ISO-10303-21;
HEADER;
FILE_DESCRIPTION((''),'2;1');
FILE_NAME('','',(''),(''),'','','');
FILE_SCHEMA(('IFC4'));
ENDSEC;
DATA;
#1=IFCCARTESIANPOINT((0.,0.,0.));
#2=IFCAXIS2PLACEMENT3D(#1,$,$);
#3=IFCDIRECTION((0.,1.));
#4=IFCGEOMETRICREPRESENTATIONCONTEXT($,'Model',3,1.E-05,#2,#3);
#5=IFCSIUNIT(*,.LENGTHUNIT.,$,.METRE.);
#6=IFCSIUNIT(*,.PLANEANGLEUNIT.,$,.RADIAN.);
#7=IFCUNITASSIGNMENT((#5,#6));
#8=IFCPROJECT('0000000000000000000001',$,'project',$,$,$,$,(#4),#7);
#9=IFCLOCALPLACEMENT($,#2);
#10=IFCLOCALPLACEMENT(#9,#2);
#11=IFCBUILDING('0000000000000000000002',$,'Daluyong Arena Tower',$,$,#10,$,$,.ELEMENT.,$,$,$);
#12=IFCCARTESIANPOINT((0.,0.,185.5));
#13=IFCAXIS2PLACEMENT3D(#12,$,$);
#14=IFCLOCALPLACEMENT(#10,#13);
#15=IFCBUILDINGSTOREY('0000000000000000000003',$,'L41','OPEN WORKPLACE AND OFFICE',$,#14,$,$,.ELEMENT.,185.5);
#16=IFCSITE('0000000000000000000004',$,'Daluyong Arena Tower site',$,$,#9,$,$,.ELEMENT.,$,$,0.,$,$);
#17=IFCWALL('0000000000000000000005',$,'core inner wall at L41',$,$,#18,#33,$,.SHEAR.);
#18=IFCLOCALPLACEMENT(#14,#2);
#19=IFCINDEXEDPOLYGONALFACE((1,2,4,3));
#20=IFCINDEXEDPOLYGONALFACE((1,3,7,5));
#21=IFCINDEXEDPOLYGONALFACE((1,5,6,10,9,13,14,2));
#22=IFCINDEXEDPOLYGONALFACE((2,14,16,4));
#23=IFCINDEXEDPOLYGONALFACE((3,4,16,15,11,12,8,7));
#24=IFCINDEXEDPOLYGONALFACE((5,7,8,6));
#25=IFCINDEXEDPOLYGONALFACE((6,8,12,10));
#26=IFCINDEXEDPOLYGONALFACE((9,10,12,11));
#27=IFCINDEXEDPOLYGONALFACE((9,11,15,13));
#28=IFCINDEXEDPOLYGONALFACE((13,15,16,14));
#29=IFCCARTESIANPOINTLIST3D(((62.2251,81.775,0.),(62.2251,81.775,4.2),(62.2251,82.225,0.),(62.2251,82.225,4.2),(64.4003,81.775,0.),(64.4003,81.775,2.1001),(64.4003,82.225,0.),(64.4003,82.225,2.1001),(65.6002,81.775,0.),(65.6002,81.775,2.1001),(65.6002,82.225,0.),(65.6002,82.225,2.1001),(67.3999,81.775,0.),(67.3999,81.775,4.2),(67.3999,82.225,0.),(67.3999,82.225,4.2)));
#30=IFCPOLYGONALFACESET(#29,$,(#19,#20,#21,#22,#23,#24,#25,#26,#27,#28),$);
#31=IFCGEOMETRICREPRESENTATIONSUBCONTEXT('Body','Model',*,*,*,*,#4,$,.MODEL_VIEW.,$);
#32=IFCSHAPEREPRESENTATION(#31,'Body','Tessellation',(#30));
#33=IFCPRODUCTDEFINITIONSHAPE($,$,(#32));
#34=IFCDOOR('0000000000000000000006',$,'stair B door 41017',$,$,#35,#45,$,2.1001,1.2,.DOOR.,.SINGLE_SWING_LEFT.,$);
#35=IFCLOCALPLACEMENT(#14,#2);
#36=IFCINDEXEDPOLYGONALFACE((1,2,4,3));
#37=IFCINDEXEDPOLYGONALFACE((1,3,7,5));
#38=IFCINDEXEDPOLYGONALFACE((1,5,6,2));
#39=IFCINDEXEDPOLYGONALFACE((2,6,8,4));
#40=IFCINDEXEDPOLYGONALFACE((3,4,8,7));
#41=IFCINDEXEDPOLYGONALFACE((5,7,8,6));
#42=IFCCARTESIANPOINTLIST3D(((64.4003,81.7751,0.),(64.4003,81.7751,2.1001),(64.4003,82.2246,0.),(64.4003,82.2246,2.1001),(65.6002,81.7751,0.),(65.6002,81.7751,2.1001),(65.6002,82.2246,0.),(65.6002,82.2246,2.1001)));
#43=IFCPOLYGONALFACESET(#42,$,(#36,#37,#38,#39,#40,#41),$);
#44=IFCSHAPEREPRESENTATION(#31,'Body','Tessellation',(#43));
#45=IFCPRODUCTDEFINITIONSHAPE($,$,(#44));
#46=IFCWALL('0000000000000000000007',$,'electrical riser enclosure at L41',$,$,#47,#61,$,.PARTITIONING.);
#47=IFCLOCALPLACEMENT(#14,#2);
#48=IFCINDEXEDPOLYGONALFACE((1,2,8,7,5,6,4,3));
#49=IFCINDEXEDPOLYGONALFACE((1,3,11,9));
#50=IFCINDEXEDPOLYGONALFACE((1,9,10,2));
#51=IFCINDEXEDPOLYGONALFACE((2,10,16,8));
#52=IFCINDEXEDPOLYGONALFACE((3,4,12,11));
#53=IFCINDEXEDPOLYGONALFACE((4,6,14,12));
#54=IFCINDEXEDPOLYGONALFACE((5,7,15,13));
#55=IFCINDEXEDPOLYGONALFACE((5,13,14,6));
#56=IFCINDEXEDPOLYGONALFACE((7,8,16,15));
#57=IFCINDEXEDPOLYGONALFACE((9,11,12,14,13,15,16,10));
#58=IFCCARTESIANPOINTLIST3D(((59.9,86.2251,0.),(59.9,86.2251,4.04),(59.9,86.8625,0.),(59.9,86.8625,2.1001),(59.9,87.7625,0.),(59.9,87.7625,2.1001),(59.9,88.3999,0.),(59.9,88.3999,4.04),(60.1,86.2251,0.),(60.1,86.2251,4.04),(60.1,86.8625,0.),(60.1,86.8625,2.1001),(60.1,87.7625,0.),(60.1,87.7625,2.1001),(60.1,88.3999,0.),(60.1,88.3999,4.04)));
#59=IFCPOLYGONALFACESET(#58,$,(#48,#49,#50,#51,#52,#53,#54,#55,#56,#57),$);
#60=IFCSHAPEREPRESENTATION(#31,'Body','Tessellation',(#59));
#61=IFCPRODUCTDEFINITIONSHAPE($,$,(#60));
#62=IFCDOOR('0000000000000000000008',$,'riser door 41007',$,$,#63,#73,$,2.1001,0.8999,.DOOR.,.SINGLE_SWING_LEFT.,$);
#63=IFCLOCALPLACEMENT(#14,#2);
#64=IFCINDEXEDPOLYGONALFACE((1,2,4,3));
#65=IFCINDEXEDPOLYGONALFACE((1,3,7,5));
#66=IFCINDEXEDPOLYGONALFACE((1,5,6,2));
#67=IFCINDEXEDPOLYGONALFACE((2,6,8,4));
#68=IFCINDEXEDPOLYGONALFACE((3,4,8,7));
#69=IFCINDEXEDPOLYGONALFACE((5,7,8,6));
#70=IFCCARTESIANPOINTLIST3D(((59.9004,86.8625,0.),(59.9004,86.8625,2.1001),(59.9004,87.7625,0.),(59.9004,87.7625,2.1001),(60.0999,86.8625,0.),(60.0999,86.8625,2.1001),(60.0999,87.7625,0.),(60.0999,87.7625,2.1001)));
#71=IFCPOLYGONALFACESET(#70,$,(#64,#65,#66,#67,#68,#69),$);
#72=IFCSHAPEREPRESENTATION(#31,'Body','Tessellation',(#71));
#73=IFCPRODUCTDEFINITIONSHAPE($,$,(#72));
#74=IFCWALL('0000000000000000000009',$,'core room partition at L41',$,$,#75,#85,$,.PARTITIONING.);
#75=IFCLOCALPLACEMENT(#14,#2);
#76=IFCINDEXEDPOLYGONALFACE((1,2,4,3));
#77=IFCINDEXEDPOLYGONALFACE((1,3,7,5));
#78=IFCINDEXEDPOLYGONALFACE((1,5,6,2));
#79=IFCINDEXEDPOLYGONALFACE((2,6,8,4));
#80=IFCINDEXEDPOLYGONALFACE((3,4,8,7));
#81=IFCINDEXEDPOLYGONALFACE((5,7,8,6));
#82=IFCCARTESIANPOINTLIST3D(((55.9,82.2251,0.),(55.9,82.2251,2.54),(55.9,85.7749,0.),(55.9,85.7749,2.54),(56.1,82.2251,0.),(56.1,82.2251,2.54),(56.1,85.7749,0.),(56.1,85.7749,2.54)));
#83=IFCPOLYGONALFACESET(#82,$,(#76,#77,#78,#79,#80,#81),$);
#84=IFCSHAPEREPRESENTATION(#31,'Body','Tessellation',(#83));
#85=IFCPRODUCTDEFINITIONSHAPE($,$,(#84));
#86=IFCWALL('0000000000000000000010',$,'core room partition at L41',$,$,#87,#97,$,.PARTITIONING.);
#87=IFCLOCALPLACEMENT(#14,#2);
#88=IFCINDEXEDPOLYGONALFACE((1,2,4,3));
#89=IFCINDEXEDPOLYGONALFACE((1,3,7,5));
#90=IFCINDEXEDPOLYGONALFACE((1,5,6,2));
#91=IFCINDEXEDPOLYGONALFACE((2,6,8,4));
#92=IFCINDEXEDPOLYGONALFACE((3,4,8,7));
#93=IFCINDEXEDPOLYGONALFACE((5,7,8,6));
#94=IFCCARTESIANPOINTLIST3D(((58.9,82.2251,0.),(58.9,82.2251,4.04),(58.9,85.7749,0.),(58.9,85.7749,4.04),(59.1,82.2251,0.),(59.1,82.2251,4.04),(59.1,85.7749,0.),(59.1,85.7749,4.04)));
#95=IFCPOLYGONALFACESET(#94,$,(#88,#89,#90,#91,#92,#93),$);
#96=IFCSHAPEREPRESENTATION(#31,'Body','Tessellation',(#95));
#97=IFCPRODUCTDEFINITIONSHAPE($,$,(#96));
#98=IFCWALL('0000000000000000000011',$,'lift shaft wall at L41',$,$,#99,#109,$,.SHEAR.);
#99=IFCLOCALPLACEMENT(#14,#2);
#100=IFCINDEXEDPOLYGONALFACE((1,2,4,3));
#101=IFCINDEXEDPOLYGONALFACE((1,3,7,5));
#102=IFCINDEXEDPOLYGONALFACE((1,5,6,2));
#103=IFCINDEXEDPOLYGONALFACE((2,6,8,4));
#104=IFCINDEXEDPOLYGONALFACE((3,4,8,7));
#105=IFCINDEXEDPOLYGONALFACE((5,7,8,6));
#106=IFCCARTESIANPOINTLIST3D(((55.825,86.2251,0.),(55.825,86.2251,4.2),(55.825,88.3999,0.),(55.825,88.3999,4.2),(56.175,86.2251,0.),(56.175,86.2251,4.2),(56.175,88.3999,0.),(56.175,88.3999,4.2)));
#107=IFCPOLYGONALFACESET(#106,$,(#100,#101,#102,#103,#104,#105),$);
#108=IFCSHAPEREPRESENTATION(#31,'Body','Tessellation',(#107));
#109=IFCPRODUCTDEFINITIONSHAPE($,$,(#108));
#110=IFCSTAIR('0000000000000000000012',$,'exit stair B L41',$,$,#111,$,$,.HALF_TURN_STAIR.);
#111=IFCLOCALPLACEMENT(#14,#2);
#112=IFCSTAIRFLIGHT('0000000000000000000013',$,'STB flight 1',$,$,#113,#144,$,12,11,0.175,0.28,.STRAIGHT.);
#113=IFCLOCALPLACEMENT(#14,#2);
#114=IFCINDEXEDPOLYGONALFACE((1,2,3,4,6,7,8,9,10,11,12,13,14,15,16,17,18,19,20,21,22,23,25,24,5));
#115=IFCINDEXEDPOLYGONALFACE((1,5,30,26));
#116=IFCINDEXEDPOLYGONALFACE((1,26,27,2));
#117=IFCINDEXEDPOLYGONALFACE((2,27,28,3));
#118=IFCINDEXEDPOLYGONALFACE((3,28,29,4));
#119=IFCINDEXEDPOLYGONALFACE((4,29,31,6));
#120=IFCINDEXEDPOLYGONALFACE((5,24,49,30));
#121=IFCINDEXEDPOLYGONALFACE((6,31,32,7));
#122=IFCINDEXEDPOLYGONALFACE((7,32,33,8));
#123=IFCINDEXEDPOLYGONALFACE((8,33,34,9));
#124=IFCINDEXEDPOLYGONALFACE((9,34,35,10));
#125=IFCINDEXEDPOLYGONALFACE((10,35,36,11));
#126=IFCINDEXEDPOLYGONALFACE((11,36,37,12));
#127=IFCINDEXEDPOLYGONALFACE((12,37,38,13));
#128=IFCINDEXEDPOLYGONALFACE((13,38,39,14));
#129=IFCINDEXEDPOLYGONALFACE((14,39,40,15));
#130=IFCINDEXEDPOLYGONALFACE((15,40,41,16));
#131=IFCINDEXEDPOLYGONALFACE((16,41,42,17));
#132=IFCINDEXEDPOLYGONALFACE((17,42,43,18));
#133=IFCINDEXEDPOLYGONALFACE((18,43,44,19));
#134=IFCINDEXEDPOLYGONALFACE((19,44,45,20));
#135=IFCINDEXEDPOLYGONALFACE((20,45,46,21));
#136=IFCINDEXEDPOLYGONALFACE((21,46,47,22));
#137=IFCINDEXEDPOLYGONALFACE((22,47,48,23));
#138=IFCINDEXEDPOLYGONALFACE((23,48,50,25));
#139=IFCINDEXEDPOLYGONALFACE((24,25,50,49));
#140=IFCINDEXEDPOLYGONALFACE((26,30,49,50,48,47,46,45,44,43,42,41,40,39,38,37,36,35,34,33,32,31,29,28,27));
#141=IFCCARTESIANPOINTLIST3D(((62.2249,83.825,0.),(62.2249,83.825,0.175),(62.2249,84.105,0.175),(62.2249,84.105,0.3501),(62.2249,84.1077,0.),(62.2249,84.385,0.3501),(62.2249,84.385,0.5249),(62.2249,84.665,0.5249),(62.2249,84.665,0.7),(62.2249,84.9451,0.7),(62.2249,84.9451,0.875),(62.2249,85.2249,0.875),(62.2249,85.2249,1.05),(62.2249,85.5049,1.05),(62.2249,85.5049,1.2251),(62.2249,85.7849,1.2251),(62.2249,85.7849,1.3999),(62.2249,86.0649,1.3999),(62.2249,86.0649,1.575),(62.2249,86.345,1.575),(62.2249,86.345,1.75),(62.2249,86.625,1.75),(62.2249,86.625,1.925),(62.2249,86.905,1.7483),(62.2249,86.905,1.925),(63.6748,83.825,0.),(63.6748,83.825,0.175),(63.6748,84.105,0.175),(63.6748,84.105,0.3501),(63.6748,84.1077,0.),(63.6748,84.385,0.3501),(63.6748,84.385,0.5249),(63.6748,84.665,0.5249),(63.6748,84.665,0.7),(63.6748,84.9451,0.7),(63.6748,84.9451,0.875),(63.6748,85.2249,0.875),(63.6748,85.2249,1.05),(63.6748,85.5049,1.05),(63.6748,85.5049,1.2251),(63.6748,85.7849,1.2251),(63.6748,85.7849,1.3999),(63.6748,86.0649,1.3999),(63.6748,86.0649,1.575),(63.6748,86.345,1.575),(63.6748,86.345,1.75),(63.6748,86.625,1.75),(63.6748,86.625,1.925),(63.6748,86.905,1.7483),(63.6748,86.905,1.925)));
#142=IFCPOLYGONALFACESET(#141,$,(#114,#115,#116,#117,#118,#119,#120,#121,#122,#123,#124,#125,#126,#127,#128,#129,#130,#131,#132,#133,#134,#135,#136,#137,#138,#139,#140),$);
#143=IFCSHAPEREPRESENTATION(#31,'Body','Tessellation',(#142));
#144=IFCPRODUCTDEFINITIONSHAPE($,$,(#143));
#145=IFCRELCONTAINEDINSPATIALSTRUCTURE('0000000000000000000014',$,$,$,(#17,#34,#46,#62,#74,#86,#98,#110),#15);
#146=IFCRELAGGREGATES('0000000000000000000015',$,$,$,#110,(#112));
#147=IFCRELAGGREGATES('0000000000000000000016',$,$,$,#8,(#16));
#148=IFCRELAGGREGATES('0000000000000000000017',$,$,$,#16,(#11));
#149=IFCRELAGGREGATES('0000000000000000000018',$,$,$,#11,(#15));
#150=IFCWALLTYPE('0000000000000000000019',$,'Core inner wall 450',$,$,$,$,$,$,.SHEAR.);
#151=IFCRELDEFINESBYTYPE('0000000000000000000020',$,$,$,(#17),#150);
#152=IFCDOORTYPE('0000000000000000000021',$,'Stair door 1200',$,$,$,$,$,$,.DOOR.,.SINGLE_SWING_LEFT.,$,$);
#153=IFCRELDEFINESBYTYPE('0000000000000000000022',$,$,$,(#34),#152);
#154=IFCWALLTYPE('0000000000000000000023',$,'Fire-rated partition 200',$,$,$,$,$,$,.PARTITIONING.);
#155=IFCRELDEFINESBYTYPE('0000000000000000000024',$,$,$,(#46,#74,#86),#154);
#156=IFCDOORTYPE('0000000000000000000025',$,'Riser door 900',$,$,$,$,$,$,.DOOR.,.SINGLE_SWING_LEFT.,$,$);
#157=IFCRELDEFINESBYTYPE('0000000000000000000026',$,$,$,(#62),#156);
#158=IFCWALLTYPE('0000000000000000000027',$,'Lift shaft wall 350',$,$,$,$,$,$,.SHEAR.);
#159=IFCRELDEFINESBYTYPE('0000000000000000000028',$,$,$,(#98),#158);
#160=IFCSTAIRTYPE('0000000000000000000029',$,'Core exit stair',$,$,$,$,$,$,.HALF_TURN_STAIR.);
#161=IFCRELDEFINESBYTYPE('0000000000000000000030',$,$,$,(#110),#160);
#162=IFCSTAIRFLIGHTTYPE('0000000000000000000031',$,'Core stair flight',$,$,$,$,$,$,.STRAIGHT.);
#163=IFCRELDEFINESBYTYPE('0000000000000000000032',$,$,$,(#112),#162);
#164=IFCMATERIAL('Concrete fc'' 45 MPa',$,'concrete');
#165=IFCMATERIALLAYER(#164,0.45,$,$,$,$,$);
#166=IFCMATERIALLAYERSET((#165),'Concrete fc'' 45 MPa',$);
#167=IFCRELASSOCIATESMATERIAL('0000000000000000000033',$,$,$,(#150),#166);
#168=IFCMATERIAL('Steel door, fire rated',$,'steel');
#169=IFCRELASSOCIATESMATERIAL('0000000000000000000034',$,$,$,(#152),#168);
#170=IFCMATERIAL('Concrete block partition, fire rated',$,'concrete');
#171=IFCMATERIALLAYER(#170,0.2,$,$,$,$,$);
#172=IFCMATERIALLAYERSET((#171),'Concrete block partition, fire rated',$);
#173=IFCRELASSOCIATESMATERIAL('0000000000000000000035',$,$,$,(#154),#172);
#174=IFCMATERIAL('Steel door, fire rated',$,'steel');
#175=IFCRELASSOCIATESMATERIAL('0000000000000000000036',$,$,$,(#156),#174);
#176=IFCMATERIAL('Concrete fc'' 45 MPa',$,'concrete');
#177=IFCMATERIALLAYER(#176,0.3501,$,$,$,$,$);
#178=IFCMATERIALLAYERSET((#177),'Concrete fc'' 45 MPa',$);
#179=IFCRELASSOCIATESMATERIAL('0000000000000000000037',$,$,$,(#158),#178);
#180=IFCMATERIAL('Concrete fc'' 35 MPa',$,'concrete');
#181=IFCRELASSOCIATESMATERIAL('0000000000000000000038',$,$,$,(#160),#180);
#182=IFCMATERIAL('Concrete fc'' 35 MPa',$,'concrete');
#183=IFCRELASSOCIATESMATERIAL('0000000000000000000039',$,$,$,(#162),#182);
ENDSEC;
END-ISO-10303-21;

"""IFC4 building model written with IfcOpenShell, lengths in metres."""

from ifc_helpers import new_model, si_unit, direction, frame, frame_2d, origin, place, context, subcontext, project, spatial, polyline, rectangle, outline, extrude, material, layer, layer_set, type_object, element, fill, aggregate, save


model = new_model("IFC4")

# Units and contexts
model_context = context("Model", 3, precision=1e-05, world=origin(), true_north=direction((0.0, 1.0)))
body_context = subcontext(model_context, "Body", "Model", "MODEL_VIEW")
ifc_project = project(units=[si_unit("LENGTHUNIT", "METRE"), si_unit("PLANEANGLEUNIT", "RADIAN")], contexts=[model_context])

# Site, building, storey
site_placement = place(None, origin())
site = spatial("IfcSite", under=ifc_project, at=site_placement, Name="Daluyong Arena Tower site", CompositionType="ELEMENT", RefElevation=0.0)
building_placement = place(site_placement, origin())
building = spatial("IfcBuilding", under=site, at=building_placement, Name="Daluyong Arena Tower", CompositionType="ELEMENT")
storey_placement = place(building_placement, frame((0.0, 0.0, 185.5)))
storey = spatial("IfcBuildingStorey", under=building, at=storey_placement, Name="L41", Description="OPEN WORKPLACE AND OFFICE", CompositionType="ELEMENT", Elevation=185.5)

# Walls, openings, doors
ifc_material_1 = material(Name="Concrete fc' 45 MPa", Category="concrete")
ifc_layer_1 = layer(ifc_material_1, 0.45)
ifc_layer_set_1 = layer_set([ifc_layer_1], Name="Concrete fc' 45 MPa")
wall_type_1 = type_object("IfcWallType", Name="Core inner wall 450", PredefinedType="SHEAR", material=ifc_layer_set_1)
wall_1_placement = place(storey_placement, frame((62.2251, 82.0, 0.0), z_axis=(0.0, 0.0, 1.0), x_axis=(1.0, 0.0, 0.0)))
wall_1 = element("IfcWall", 1, at=wall_1_placement, inside=storey, type_object=wall_type_1, Name="core inner wall at L41", PredefinedType="SHEAR", context=body_context, shape_type="SweptSolid", body=[
    extrude(rectangle(XDim=5.1748, YDim=0.45, at=frame_2d((2.5874, 0.0))), origin(), (0.0, 0.0, 1.0), 4.2),
])
opening_1_placement = place(wall_1_placement, frame((2.175, 0.0, 0.0)))
opening_1 = element("IfcOpeningElement", 2, at=opening_1_placement, cuts=wall_1, PredefinedType="OPENING", context=body_context, shape_type="SweptSolid", body=[
    extrude(rectangle(XDim=1.2, YDim=2.1001, at=frame_2d((0.6001, 1.05))), frame((0.0, 0.2349, 0.0), z_axis=(0.0, -1.0, 0.0), x_axis=(1.0, 0.0, 0.0)), (0.0, 0.0, 1.0), 0.47),
])
ifc_material_2 = material(Name="Steel door, fire rated", Category="steel")
door_type_1 = type_object("IfcDoorType", Name="Stair door 1200", OperationType="SINGLE_SWING_LEFT", PredefinedType="DOOR", material=ifc_material_2)
door_1_placement = place(opening_1_placement, origin())
door_1 = element("IfcDoor", 3, at=door_1_placement, inside=storey, type_object=door_type_1, Name="stair B door 41017", OperationType="SINGLE_SWING_LEFT", OverallHeight=2.1001, OverallWidth=1.2, PredefinedType="DOOR", context=body_context, shape_type="SweptSolid", body=[
    extrude(rectangle(XDim=1.2, YDim=2.1001, at=frame_2d((0.6001, 1.05))), frame((0.0, 0.2246, 0.0), z_axis=(0.0, -1.0, 0.0), x_axis=(1.0, 0.0, 0.0)), (0.0, 0.0, 1.0), 0.4495),
])
fill(opening_1, door_1)
ifc_material_3 = material(Name="Concrete block partition, fire rated", Category="concrete")
ifc_layer_2 = layer(ifc_material_3, 0.2)
ifc_layer_set_2 = layer_set([ifc_layer_2], Name="Concrete block partition, fire rated")
wall_type_2 = type_object("IfcWallType", Name="Fire-rated partition 200", PredefinedType="PARTITIONING", material=ifc_layer_set_2)
wall_2_placement = place(storey_placement, frame((60.0, 86.2251, 0.0), z_axis=(0.0, 0.0, 1.0), x_axis=(0.0, 1.0, 0.0)))
wall_2 = element("IfcWall", 4, at=wall_2_placement, inside=storey, type_object=wall_type_2, Name="electrical riser enclosure at L41", PredefinedType="PARTITIONING", context=body_context, shape_type="SweptSolid", body=[
    extrude(rectangle(XDim=2.1748, YDim=0.2, at=frame_2d((1.0874, 0.0))), origin(), (0.0, 0.0, 1.0), 4.04),
])
opening_2_placement = place(wall_2_placement, frame((0.6375, 0.0, 0.0)))
opening_2 = element("IfcOpeningElement", 5, at=opening_2_placement, cuts=wall_2, PredefinedType="OPENING", context=body_context, shape_type="SweptSolid", body=[
    extrude(rectangle(XDim=0.8999, YDim=2.1001, at=frame_2d((0.45, 1.05))), frame((0.0, 0.1099, 0.0), z_axis=(0.0, -1.0, 0.0), x_axis=(1.0, 0.0, 0.0)), (0.0, 0.0, 1.0), 0.22),
])
ifc_material_4 = material(Name="Steel door, fire rated", Category="steel")
door_type_2 = type_object("IfcDoorType", Name="Riser door 900", OperationType="SINGLE_SWING_LEFT", PredefinedType="DOOR", material=ifc_material_4)
door_2_placement = place(opening_2_placement, origin())
door_2 = element("IfcDoor", 6, at=door_2_placement, inside=storey, type_object=door_type_2, Name="riser door 41007", OperationType="SINGLE_SWING_LEFT", OverallHeight=2.1001, OverallWidth=0.8999, PredefinedType="DOOR", context=body_context, shape_type="SweptSolid", body=[
    extrude(rectangle(XDim=0.8999, YDim=2.1001, at=frame_2d((0.45, 1.05))), frame((0.0, 0.0996, 0.0), z_axis=(0.0, -1.0, 0.0), x_axis=(1.0, 0.0, 0.0)), (0.0, 0.0, 1.0), 0.1995),
])
fill(opening_2, door_2)

# Walls
wall_3_placement = place(storey_placement, frame((56.0, 82.2251, 0.0), z_axis=(0.0, 0.0, 1.0), x_axis=(0.0, 1.0, 0.0)))
element("IfcWall", 7, at=wall_3_placement, inside=storey, type_object=wall_type_2, Name="core room partition at L41", PredefinedType="PARTITIONING", context=body_context, shape_type="SweptSolid", body=[
    extrude(rectangle(XDim=3.5498, YDim=0.2, at=frame_2d((1.7749, 0.0))), origin(), (0.0, 0.0, 1.0), 2.54),
])
wall_4_placement = place(storey_placement, frame((59.0, 82.2251, 0.0), z_axis=(0.0, 0.0, 1.0), x_axis=(0.0, 1.0, 0.0)))
element("IfcWall", 8, at=wall_4_placement, inside=storey, type_object=wall_type_2, Name="core room partition at L41", PredefinedType="PARTITIONING", context=body_context, shape_type="SweptSolid", body=[
    extrude(rectangle(XDim=3.5498, YDim=0.2, at=frame_2d((1.7749, 0.0))), origin(), (0.0, 0.0, 1.0), 4.04),
])
ifc_material_5 = material(Name="Concrete fc' 45 MPa", Category="concrete")
ifc_layer_3 = layer(ifc_material_5, 0.3501)
ifc_layer_set_3 = layer_set([ifc_layer_3], Name="Concrete fc' 45 MPa")
wall_type_3 = type_object("IfcWallType", Name="Lift shaft wall 350", PredefinedType="SHEAR", material=ifc_layer_set_3)
wall_5_placement = place(storey_placement, frame((56.0, 86.2251, 0.0), z_axis=(0.0, 0.0, 1.0), x_axis=(0.0, 1.0, 0.0)))
element("IfcWall", 9, at=wall_5_placement, inside=storey, type_object=wall_type_3, Name="lift shaft wall at L41", PredefinedType="SHEAR", context=body_context, shape_type="SweptSolid", body=[
    extrude(rectangle(XDim=2.1748, YDim=0.3501, at=frame_2d((1.0874, 0.0))), origin(), (0.0, 0.0, 1.0), 4.2),
])

# Stair, stair flight
ifc_material_6 = material(Name="Concrete fc' 35 MPa", Category="concrete")
stair_type = type_object("IfcStairType", Name="Core exit stair", PredefinedType="HALF_TURN_STAIR", material=ifc_material_6)
stair_placement = place(storey_placement, origin())
stair = element("IfcStair", 10, at=stair_placement, inside=storey, type_object=stair_type, Name="exit stair B L41", PredefinedType="HALF_TURN_STAIR")
ifc_material_7 = material(Name="Concrete fc' 35 MPa", Category="concrete")
stair_flight_type = type_object("IfcStairFlightType", Name="Core stair flight", PredefinedType="STRAIGHT", material=ifc_material_7)
stair_flight_placement = place(storey_placement, frame((62.95, 83.825, 0.0), z_axis=(0.0, 0.0, 1.0), x_axis=(0.0, 1.0, 0.0)))
stair_flight = element("IfcStairFlight", 11, at=stair_flight_placement, type_object=stair_flight_type, Name="STB flight 1", NumberOfRisers=12, NumberOfTreads=11, PredefinedType="STRAIGHT", RiserHeight=0.175, TreadLength=0.28, context=body_context, shape_type="SweptSolid", body=[
    extrude(outline(polyline([(0.0, 0.0), (0.0, 0.175), (0.28, 0.175), (0.28, 0.3501), (0.5601, 0.3501), (0.5601, 0.5249), (0.8401, 0.5249), (0.8401, 0.7), (1.1201, 0.7), (1.1201, 0.875), (1.3999, 0.875), (1.3999, 1.05), (1.6799, 1.05), (1.6799, 1.2251), (1.96, 1.2251), (1.96, 1.3999), (2.24, 1.3999), (2.24, 1.575), (2.52, 1.575), (2.52, 1.75), (2.8, 1.75), (2.8, 1.925), (3.0801, 1.925), (3.0801, 2.1001), (3.0801, 1.7483), (0.2827, 0.0), (0.0, 0.0)])), frame((0.0, 0.7251, 0.0), z_axis=(0.0, -1.0, 0.0), x_axis=(1.0, 0.0, 0.0)), (0.0, 0.0, 1.0), 1.45),
])
aggregate(stair, [stair_flight])

save(model, "model.ifc")
